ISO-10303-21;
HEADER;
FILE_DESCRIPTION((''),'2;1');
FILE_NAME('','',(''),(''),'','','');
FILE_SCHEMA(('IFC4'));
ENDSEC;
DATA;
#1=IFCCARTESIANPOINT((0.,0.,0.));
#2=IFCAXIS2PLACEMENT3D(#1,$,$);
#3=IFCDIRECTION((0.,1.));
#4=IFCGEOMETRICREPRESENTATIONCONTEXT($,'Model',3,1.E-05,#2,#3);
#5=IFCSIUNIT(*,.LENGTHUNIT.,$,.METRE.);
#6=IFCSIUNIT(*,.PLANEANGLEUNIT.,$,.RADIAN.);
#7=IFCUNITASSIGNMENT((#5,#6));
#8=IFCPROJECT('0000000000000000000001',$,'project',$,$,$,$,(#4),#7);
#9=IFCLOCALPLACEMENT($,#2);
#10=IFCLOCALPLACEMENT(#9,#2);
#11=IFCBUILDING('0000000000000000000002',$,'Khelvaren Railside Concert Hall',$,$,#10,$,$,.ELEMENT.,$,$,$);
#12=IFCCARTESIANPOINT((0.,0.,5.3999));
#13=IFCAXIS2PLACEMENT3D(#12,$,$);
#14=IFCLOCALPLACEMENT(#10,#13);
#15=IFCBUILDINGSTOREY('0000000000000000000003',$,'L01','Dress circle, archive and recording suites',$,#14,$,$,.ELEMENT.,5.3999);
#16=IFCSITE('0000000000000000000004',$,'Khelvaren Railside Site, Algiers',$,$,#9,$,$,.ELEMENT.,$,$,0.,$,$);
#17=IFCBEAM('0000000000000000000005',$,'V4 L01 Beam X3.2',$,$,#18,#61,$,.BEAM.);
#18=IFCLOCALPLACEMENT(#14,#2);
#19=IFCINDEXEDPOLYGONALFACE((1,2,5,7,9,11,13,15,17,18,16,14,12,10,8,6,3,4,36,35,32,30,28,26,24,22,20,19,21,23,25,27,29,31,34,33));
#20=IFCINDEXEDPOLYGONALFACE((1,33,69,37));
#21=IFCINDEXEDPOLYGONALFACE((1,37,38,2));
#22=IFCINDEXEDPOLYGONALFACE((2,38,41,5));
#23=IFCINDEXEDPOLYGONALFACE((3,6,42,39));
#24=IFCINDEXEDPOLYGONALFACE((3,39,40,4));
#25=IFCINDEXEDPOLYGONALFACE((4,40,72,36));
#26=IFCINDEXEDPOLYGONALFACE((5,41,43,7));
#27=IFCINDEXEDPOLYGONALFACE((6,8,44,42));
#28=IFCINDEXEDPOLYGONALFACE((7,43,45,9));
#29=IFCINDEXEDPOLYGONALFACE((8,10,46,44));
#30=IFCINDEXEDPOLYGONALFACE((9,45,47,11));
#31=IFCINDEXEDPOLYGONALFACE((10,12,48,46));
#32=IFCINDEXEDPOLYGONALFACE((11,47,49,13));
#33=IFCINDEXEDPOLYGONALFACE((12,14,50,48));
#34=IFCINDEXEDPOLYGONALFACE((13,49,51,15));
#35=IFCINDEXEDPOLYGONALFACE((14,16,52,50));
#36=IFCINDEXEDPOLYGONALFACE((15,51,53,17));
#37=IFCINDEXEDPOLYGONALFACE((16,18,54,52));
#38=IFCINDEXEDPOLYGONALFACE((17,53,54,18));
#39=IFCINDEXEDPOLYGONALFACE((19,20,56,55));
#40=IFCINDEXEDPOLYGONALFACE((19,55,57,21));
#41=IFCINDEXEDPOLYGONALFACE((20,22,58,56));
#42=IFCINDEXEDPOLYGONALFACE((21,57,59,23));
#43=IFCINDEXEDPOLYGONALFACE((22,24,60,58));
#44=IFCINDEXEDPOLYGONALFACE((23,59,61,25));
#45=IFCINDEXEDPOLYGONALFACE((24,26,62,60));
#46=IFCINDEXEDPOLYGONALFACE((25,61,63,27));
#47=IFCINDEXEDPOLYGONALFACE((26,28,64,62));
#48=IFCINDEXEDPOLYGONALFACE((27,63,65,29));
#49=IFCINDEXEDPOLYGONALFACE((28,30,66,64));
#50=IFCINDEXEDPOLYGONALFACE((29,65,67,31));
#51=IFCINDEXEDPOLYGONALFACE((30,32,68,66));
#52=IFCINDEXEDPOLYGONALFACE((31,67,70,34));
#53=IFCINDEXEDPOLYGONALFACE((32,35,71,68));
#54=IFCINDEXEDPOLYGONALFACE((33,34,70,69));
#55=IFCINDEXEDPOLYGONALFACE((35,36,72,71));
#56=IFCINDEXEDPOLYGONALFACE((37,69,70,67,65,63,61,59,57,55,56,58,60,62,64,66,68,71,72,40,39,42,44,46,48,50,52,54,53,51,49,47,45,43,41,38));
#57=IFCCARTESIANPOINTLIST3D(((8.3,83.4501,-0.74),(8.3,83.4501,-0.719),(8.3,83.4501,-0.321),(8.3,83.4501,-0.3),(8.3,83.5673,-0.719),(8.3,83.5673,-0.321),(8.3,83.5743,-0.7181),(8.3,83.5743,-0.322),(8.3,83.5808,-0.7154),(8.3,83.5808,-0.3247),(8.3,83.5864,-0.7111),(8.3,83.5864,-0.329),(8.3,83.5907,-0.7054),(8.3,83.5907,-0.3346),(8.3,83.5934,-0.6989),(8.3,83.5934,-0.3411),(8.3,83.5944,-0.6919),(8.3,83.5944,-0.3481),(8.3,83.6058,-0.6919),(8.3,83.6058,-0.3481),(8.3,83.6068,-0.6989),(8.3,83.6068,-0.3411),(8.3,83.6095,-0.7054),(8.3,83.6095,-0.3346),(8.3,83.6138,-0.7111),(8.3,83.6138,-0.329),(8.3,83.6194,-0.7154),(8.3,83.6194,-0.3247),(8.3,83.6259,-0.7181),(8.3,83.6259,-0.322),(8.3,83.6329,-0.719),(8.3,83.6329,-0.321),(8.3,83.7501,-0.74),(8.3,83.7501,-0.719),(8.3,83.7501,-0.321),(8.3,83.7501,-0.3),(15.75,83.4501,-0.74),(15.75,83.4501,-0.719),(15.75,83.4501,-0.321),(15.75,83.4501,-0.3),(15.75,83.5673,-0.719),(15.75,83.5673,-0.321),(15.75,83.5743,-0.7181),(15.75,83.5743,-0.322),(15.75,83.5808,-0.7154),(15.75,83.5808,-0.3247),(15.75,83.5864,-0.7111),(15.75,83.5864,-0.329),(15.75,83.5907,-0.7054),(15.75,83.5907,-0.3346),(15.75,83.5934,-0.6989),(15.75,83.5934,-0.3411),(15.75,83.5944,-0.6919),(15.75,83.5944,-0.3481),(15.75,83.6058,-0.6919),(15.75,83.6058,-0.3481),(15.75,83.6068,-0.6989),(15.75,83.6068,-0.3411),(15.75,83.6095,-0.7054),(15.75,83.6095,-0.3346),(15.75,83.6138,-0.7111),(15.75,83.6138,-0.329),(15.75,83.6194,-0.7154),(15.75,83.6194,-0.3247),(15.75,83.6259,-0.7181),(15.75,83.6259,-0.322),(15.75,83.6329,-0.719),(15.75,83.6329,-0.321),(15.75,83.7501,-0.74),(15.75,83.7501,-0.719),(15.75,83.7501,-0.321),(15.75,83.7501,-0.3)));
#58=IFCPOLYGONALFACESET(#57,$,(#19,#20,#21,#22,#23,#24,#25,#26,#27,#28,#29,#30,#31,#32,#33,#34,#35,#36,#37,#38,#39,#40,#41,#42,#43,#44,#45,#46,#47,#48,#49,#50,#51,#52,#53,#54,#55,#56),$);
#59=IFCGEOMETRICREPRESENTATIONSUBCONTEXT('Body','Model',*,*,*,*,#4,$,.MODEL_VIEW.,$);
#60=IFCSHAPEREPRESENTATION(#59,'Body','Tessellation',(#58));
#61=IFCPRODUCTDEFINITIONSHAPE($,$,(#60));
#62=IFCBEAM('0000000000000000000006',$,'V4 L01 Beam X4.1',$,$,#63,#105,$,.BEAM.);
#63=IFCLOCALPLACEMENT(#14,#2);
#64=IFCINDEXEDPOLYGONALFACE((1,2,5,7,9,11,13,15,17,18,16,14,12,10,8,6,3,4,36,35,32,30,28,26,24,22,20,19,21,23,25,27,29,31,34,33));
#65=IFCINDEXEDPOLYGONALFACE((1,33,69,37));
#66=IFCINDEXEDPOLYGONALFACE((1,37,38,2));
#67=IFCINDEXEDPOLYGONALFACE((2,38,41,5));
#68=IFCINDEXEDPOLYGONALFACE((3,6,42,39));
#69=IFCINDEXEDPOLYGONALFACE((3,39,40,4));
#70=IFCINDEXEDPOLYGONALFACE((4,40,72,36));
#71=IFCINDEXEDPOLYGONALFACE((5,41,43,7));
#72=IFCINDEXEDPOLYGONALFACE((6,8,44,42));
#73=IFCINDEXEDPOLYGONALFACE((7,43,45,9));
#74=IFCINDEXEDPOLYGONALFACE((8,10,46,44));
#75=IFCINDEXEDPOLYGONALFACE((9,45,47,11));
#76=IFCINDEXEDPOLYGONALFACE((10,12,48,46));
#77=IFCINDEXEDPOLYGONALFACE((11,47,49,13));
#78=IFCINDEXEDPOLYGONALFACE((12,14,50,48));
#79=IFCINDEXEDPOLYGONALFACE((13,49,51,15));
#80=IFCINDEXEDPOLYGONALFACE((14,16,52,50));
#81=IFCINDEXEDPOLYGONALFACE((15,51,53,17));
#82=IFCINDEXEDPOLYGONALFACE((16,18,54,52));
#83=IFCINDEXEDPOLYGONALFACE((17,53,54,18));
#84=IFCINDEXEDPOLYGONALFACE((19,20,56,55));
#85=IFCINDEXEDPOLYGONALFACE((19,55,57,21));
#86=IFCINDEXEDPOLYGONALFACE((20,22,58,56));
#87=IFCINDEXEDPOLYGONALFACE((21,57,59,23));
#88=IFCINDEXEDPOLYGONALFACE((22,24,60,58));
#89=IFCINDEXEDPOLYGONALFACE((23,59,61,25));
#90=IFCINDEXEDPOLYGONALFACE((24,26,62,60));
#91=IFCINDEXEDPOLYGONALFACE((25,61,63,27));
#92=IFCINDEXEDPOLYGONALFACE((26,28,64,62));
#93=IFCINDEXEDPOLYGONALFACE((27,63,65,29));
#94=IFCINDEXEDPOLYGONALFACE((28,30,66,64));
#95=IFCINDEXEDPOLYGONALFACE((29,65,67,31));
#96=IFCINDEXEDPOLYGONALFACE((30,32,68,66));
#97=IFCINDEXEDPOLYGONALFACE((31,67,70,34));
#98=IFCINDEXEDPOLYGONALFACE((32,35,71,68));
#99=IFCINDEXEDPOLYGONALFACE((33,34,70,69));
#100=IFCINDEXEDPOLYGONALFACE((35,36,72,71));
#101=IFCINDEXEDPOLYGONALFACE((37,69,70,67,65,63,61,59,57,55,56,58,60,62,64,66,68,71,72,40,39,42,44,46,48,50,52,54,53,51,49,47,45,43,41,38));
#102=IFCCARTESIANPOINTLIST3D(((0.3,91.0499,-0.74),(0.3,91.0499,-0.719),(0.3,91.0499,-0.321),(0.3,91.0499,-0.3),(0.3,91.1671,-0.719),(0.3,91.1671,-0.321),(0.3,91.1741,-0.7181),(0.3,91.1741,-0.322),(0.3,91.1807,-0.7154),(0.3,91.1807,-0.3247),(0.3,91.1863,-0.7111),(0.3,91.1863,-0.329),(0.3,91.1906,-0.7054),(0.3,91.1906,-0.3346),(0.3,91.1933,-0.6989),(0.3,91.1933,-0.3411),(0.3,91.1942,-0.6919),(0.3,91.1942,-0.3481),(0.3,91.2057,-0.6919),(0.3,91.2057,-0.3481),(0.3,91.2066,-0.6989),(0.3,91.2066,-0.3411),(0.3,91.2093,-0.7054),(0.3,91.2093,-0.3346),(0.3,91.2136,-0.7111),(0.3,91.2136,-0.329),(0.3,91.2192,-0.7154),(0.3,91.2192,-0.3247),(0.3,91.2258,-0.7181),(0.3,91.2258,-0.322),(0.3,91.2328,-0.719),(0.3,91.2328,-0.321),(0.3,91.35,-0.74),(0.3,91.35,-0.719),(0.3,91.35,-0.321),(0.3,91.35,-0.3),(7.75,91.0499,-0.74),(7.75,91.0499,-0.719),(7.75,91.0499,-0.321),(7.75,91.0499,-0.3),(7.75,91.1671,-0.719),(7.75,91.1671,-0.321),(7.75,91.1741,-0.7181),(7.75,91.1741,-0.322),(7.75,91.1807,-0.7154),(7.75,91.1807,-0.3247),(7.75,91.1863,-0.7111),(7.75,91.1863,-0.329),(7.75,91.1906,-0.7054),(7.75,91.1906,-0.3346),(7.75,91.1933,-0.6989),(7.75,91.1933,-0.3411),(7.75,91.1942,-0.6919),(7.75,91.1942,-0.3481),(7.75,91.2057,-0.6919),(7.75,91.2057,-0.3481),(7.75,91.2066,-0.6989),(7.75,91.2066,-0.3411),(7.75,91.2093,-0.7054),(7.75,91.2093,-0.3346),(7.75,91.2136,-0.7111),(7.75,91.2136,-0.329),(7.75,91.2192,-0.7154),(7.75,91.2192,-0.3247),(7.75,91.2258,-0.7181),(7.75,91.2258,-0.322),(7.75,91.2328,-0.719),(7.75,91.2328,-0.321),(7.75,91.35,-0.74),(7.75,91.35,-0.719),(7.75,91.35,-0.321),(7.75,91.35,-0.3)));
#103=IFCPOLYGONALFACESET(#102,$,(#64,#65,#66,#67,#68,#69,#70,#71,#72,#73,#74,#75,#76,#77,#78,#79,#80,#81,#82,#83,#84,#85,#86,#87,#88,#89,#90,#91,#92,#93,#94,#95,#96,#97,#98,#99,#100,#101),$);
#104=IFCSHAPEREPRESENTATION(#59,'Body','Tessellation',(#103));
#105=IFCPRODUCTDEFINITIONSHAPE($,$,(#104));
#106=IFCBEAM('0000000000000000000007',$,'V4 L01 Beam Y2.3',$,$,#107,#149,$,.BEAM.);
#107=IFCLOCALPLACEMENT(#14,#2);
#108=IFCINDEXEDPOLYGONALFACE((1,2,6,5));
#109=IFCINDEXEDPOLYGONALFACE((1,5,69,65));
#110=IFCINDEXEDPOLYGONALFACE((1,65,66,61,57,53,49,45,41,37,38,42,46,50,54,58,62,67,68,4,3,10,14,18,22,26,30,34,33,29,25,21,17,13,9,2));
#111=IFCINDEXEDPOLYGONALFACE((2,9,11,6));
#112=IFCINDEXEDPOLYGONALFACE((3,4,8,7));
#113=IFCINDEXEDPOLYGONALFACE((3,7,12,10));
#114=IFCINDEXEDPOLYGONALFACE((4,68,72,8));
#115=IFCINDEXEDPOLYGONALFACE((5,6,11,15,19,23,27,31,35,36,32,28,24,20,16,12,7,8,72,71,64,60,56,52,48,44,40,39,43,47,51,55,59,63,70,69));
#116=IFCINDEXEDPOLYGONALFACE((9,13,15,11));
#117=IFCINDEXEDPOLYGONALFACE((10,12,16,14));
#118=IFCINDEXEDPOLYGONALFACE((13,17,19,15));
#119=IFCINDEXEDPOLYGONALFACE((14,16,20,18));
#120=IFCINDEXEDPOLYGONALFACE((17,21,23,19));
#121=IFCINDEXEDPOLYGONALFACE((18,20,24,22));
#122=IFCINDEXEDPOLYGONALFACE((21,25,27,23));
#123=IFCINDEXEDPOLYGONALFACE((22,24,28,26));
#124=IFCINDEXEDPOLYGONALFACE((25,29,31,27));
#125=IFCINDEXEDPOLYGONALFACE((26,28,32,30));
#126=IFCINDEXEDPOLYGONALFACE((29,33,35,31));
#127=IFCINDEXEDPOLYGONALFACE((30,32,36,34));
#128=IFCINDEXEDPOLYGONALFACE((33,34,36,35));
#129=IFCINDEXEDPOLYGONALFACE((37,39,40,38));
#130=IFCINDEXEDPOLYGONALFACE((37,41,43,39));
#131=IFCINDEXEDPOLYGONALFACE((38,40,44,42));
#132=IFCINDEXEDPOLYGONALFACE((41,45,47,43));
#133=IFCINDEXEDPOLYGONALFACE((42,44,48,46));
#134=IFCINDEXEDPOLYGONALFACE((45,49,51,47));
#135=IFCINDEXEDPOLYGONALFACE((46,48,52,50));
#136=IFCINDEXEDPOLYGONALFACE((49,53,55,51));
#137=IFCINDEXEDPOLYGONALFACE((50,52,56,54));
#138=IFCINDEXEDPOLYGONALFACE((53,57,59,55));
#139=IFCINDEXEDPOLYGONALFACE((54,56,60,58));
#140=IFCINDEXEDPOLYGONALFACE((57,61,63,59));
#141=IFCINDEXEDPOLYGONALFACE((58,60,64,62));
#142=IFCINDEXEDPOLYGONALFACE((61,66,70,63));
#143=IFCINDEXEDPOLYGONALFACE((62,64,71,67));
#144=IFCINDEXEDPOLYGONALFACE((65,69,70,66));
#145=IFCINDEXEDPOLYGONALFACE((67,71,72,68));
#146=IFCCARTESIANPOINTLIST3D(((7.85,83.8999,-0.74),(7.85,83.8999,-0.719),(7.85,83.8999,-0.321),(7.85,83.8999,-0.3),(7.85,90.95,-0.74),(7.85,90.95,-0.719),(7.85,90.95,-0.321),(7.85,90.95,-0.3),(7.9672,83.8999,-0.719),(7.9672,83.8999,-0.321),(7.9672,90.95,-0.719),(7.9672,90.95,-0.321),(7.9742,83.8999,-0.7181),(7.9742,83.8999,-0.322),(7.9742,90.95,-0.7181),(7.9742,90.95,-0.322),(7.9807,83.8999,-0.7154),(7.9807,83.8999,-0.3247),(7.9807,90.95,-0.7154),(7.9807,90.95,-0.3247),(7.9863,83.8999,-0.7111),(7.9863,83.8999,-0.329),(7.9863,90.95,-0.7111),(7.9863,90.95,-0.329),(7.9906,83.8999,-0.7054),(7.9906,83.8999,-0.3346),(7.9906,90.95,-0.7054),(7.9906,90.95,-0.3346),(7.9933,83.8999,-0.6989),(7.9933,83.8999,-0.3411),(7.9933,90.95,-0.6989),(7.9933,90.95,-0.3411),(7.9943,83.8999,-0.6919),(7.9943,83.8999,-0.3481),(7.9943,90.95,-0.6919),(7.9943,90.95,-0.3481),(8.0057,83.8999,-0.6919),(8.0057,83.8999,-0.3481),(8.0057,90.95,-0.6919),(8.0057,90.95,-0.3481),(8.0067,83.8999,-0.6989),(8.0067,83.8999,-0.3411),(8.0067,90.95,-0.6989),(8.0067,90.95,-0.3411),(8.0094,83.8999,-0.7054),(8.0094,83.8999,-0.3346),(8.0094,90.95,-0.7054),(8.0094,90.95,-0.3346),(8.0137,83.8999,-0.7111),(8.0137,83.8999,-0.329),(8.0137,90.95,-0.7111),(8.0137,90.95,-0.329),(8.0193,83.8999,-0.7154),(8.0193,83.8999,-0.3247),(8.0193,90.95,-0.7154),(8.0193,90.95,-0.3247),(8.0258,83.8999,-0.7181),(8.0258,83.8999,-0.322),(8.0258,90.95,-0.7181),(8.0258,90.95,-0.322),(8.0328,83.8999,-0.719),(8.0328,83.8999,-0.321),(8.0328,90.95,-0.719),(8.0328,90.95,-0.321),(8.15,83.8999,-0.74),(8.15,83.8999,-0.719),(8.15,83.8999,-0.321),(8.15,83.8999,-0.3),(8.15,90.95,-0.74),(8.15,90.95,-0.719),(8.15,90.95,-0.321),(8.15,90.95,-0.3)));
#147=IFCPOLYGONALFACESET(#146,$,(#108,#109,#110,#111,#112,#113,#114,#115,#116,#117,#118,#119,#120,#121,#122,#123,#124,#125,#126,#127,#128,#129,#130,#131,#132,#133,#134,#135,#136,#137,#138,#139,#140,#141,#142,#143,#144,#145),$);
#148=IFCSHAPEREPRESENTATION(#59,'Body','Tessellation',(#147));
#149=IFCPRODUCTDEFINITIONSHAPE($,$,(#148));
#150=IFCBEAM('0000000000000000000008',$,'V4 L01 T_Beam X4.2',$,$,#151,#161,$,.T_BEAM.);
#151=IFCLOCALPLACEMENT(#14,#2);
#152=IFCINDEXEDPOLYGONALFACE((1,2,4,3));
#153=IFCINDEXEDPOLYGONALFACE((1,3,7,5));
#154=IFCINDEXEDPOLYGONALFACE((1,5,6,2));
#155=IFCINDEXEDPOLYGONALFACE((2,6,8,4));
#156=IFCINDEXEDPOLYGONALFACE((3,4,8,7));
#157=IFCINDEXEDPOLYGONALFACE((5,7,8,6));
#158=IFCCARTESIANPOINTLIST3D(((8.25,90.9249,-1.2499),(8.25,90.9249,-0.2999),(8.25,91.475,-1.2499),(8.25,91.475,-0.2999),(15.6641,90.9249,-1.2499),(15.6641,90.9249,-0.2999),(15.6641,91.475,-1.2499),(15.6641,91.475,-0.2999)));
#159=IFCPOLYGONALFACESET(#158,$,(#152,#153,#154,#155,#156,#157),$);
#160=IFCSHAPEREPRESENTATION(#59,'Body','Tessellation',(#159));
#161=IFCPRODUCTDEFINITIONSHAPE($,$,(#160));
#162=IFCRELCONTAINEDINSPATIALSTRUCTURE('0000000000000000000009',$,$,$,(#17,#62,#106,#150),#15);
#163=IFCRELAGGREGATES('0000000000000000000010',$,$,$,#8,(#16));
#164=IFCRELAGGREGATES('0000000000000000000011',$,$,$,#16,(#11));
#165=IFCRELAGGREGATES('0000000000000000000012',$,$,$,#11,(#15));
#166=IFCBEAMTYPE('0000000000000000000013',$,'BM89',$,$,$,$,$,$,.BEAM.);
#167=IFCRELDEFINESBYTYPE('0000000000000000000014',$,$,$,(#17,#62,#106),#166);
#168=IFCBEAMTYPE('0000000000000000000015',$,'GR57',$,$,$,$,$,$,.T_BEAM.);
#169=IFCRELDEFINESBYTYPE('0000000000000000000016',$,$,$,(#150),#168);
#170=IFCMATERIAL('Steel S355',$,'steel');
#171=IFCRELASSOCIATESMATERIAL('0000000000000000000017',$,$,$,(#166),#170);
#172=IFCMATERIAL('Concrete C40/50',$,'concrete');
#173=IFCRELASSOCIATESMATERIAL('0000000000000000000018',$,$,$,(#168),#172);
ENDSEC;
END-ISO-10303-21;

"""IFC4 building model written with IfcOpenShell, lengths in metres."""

from ifc_helpers import new_model, si_unit, direction, frame, origin, origin_2d, place, context, subcontext, project, spatial, rectangle, i_section, extrude, material, material_profile, profile_set, type_object, element, save


model = new_model("IFC4")

# Units and contexts
model_context = context("Model", 3, precision=1e-05, world=origin(), true_north=direction((0.0, 1.0)))
body_context = subcontext(model_context, "Body", "Model", "MODEL_VIEW")
ifc_project = project(units=[si_unit("LENGTHUNIT", "METRE"), si_unit("PLANEANGLEUNIT", "RADIAN")], contexts=[model_context])

# Site, building, storey
site_placement = place(None, origin())
site = spatial("IfcSite", under=ifc_project, at=site_placement, Name="Khelvaren Railside Site, Algiers", CompositionType="ELEMENT", RefElevation=0.0)
building_placement = place(site_placement, origin())
building = spatial("IfcBuilding", under=site, at=building_placement, Name="Khelvaren Railside Concert Hall", CompositionType="ELEMENT")
storey_placement = place(building_placement, frame((0.0, 0.0, 5.3999)))
storey = spatial("IfcBuildingStorey", under=building, at=storey_placement, Name="L01", Description="Dress circle, archive and recording suites", CompositionType="ELEMENT", Elevation=5.3999)

# Beams
ifc_material_1 = material(Name="Steel S355", Category="steel")
ifc_material_2 = material(Name="Concrete C40/50", Category="concrete")
ifc_material_profile_1 = material_profile(ifc_material_1, i_section(OverallWidth=0.3, OverallDepth=0.4399, WebThickness=0.0115, FlangeThickness=0.021, FilletRadius=0.0271, at=origin_2d()), Name="HEA 450")
ifc_profile_set_1 = profile_set([ifc_material_profile_1], Name="Steel S355")
beam_type_1 = type_object("IfcBeamType", Name="BM89", PredefinedType="BEAM", material=ifc_profile_set_1)
for number, where, z_axis, x_axis, name in (
    (1, (8.3, 83.6001, -0.52), (1.0, 0.0, 0.0), (0.0, 1.0, 0.0), "V4 L01 Beam X3.2"),
    (2, (0.3, 91.2, -0.52), (1.0, 0.0, 0.0), (0.0, 1.0, 0.0), "V4 L01 Beam X4.1"),
):
    element("IfcBeam", number, at=place(storey_placement, frame(where, z_axis=z_axis, x_axis=x_axis)), inside=storey, type_object=beam_type_1, Name=name, PredefinedType="BEAM", context=body_context, shape_type="SweptSolid", body=[
        extrude(i_section(OverallWidth=0.3, OverallDepth=0.4399, WebThickness=0.0115, FlangeThickness=0.021, FilletRadius=0.0271, at=origin_2d()), origin(), (0.0, 0.0, 1.0), 7.45),
    ])
beam_1_placement = place(storey_placement, frame((8.0, 83.8999, -0.52), z_axis=(0.0, 1.0, 0.0), x_axis=(-1.0, 0.0, 0.0)))
element("IfcBeam", 3, at=beam_1_placement, inside=storey, type_object=beam_type_1, Name="V4 L01 Beam Y2.3", PredefinedType="BEAM", context=body_context, shape_type="SweptSolid", body=[
    extrude(i_section(OverallWidth=0.3, OverallDepth=0.4399, WebThickness=0.0115, FlangeThickness=0.021, FilletRadius=0.0271, at=origin_2d()), origin(), (0.0, 0.0, 1.0), 7.05),
])
ifc_material_profile_2 = material_profile(ifc_material_2, rectangle(XDim=0.55, YDim=0.95, at=origin_2d()), Name="RCB 550x950")
ifc_profile_set_2 = profile_set([ifc_material_profile_2], Name="Concrete C40/50")
beam_type_2 = type_object("IfcBeamType", Name="GR57", PredefinedType="T_BEAM", material=ifc_profile_set_2)
beam_2_placement = place(storey_placement, frame((8.25, 91.2, -0.7749), z_axis=(1.0, 0.0, 0.0), x_axis=(0.0, 1.0, 0.0)))
element("IfcBeam", 4, at=beam_2_placement, inside=storey, type_object=beam_type_2, Name="V4 L01 T_Beam X4.2", PredefinedType="T_BEAM", context=body_context, shape_type="SweptSolid", body=[
    extrude(rectangle(XDim=0.55, YDim=0.95, at=origin_2d()), origin(), (0.0, 0.0, 1.0), 7.4141),
])

save(model, "model.ifc")
